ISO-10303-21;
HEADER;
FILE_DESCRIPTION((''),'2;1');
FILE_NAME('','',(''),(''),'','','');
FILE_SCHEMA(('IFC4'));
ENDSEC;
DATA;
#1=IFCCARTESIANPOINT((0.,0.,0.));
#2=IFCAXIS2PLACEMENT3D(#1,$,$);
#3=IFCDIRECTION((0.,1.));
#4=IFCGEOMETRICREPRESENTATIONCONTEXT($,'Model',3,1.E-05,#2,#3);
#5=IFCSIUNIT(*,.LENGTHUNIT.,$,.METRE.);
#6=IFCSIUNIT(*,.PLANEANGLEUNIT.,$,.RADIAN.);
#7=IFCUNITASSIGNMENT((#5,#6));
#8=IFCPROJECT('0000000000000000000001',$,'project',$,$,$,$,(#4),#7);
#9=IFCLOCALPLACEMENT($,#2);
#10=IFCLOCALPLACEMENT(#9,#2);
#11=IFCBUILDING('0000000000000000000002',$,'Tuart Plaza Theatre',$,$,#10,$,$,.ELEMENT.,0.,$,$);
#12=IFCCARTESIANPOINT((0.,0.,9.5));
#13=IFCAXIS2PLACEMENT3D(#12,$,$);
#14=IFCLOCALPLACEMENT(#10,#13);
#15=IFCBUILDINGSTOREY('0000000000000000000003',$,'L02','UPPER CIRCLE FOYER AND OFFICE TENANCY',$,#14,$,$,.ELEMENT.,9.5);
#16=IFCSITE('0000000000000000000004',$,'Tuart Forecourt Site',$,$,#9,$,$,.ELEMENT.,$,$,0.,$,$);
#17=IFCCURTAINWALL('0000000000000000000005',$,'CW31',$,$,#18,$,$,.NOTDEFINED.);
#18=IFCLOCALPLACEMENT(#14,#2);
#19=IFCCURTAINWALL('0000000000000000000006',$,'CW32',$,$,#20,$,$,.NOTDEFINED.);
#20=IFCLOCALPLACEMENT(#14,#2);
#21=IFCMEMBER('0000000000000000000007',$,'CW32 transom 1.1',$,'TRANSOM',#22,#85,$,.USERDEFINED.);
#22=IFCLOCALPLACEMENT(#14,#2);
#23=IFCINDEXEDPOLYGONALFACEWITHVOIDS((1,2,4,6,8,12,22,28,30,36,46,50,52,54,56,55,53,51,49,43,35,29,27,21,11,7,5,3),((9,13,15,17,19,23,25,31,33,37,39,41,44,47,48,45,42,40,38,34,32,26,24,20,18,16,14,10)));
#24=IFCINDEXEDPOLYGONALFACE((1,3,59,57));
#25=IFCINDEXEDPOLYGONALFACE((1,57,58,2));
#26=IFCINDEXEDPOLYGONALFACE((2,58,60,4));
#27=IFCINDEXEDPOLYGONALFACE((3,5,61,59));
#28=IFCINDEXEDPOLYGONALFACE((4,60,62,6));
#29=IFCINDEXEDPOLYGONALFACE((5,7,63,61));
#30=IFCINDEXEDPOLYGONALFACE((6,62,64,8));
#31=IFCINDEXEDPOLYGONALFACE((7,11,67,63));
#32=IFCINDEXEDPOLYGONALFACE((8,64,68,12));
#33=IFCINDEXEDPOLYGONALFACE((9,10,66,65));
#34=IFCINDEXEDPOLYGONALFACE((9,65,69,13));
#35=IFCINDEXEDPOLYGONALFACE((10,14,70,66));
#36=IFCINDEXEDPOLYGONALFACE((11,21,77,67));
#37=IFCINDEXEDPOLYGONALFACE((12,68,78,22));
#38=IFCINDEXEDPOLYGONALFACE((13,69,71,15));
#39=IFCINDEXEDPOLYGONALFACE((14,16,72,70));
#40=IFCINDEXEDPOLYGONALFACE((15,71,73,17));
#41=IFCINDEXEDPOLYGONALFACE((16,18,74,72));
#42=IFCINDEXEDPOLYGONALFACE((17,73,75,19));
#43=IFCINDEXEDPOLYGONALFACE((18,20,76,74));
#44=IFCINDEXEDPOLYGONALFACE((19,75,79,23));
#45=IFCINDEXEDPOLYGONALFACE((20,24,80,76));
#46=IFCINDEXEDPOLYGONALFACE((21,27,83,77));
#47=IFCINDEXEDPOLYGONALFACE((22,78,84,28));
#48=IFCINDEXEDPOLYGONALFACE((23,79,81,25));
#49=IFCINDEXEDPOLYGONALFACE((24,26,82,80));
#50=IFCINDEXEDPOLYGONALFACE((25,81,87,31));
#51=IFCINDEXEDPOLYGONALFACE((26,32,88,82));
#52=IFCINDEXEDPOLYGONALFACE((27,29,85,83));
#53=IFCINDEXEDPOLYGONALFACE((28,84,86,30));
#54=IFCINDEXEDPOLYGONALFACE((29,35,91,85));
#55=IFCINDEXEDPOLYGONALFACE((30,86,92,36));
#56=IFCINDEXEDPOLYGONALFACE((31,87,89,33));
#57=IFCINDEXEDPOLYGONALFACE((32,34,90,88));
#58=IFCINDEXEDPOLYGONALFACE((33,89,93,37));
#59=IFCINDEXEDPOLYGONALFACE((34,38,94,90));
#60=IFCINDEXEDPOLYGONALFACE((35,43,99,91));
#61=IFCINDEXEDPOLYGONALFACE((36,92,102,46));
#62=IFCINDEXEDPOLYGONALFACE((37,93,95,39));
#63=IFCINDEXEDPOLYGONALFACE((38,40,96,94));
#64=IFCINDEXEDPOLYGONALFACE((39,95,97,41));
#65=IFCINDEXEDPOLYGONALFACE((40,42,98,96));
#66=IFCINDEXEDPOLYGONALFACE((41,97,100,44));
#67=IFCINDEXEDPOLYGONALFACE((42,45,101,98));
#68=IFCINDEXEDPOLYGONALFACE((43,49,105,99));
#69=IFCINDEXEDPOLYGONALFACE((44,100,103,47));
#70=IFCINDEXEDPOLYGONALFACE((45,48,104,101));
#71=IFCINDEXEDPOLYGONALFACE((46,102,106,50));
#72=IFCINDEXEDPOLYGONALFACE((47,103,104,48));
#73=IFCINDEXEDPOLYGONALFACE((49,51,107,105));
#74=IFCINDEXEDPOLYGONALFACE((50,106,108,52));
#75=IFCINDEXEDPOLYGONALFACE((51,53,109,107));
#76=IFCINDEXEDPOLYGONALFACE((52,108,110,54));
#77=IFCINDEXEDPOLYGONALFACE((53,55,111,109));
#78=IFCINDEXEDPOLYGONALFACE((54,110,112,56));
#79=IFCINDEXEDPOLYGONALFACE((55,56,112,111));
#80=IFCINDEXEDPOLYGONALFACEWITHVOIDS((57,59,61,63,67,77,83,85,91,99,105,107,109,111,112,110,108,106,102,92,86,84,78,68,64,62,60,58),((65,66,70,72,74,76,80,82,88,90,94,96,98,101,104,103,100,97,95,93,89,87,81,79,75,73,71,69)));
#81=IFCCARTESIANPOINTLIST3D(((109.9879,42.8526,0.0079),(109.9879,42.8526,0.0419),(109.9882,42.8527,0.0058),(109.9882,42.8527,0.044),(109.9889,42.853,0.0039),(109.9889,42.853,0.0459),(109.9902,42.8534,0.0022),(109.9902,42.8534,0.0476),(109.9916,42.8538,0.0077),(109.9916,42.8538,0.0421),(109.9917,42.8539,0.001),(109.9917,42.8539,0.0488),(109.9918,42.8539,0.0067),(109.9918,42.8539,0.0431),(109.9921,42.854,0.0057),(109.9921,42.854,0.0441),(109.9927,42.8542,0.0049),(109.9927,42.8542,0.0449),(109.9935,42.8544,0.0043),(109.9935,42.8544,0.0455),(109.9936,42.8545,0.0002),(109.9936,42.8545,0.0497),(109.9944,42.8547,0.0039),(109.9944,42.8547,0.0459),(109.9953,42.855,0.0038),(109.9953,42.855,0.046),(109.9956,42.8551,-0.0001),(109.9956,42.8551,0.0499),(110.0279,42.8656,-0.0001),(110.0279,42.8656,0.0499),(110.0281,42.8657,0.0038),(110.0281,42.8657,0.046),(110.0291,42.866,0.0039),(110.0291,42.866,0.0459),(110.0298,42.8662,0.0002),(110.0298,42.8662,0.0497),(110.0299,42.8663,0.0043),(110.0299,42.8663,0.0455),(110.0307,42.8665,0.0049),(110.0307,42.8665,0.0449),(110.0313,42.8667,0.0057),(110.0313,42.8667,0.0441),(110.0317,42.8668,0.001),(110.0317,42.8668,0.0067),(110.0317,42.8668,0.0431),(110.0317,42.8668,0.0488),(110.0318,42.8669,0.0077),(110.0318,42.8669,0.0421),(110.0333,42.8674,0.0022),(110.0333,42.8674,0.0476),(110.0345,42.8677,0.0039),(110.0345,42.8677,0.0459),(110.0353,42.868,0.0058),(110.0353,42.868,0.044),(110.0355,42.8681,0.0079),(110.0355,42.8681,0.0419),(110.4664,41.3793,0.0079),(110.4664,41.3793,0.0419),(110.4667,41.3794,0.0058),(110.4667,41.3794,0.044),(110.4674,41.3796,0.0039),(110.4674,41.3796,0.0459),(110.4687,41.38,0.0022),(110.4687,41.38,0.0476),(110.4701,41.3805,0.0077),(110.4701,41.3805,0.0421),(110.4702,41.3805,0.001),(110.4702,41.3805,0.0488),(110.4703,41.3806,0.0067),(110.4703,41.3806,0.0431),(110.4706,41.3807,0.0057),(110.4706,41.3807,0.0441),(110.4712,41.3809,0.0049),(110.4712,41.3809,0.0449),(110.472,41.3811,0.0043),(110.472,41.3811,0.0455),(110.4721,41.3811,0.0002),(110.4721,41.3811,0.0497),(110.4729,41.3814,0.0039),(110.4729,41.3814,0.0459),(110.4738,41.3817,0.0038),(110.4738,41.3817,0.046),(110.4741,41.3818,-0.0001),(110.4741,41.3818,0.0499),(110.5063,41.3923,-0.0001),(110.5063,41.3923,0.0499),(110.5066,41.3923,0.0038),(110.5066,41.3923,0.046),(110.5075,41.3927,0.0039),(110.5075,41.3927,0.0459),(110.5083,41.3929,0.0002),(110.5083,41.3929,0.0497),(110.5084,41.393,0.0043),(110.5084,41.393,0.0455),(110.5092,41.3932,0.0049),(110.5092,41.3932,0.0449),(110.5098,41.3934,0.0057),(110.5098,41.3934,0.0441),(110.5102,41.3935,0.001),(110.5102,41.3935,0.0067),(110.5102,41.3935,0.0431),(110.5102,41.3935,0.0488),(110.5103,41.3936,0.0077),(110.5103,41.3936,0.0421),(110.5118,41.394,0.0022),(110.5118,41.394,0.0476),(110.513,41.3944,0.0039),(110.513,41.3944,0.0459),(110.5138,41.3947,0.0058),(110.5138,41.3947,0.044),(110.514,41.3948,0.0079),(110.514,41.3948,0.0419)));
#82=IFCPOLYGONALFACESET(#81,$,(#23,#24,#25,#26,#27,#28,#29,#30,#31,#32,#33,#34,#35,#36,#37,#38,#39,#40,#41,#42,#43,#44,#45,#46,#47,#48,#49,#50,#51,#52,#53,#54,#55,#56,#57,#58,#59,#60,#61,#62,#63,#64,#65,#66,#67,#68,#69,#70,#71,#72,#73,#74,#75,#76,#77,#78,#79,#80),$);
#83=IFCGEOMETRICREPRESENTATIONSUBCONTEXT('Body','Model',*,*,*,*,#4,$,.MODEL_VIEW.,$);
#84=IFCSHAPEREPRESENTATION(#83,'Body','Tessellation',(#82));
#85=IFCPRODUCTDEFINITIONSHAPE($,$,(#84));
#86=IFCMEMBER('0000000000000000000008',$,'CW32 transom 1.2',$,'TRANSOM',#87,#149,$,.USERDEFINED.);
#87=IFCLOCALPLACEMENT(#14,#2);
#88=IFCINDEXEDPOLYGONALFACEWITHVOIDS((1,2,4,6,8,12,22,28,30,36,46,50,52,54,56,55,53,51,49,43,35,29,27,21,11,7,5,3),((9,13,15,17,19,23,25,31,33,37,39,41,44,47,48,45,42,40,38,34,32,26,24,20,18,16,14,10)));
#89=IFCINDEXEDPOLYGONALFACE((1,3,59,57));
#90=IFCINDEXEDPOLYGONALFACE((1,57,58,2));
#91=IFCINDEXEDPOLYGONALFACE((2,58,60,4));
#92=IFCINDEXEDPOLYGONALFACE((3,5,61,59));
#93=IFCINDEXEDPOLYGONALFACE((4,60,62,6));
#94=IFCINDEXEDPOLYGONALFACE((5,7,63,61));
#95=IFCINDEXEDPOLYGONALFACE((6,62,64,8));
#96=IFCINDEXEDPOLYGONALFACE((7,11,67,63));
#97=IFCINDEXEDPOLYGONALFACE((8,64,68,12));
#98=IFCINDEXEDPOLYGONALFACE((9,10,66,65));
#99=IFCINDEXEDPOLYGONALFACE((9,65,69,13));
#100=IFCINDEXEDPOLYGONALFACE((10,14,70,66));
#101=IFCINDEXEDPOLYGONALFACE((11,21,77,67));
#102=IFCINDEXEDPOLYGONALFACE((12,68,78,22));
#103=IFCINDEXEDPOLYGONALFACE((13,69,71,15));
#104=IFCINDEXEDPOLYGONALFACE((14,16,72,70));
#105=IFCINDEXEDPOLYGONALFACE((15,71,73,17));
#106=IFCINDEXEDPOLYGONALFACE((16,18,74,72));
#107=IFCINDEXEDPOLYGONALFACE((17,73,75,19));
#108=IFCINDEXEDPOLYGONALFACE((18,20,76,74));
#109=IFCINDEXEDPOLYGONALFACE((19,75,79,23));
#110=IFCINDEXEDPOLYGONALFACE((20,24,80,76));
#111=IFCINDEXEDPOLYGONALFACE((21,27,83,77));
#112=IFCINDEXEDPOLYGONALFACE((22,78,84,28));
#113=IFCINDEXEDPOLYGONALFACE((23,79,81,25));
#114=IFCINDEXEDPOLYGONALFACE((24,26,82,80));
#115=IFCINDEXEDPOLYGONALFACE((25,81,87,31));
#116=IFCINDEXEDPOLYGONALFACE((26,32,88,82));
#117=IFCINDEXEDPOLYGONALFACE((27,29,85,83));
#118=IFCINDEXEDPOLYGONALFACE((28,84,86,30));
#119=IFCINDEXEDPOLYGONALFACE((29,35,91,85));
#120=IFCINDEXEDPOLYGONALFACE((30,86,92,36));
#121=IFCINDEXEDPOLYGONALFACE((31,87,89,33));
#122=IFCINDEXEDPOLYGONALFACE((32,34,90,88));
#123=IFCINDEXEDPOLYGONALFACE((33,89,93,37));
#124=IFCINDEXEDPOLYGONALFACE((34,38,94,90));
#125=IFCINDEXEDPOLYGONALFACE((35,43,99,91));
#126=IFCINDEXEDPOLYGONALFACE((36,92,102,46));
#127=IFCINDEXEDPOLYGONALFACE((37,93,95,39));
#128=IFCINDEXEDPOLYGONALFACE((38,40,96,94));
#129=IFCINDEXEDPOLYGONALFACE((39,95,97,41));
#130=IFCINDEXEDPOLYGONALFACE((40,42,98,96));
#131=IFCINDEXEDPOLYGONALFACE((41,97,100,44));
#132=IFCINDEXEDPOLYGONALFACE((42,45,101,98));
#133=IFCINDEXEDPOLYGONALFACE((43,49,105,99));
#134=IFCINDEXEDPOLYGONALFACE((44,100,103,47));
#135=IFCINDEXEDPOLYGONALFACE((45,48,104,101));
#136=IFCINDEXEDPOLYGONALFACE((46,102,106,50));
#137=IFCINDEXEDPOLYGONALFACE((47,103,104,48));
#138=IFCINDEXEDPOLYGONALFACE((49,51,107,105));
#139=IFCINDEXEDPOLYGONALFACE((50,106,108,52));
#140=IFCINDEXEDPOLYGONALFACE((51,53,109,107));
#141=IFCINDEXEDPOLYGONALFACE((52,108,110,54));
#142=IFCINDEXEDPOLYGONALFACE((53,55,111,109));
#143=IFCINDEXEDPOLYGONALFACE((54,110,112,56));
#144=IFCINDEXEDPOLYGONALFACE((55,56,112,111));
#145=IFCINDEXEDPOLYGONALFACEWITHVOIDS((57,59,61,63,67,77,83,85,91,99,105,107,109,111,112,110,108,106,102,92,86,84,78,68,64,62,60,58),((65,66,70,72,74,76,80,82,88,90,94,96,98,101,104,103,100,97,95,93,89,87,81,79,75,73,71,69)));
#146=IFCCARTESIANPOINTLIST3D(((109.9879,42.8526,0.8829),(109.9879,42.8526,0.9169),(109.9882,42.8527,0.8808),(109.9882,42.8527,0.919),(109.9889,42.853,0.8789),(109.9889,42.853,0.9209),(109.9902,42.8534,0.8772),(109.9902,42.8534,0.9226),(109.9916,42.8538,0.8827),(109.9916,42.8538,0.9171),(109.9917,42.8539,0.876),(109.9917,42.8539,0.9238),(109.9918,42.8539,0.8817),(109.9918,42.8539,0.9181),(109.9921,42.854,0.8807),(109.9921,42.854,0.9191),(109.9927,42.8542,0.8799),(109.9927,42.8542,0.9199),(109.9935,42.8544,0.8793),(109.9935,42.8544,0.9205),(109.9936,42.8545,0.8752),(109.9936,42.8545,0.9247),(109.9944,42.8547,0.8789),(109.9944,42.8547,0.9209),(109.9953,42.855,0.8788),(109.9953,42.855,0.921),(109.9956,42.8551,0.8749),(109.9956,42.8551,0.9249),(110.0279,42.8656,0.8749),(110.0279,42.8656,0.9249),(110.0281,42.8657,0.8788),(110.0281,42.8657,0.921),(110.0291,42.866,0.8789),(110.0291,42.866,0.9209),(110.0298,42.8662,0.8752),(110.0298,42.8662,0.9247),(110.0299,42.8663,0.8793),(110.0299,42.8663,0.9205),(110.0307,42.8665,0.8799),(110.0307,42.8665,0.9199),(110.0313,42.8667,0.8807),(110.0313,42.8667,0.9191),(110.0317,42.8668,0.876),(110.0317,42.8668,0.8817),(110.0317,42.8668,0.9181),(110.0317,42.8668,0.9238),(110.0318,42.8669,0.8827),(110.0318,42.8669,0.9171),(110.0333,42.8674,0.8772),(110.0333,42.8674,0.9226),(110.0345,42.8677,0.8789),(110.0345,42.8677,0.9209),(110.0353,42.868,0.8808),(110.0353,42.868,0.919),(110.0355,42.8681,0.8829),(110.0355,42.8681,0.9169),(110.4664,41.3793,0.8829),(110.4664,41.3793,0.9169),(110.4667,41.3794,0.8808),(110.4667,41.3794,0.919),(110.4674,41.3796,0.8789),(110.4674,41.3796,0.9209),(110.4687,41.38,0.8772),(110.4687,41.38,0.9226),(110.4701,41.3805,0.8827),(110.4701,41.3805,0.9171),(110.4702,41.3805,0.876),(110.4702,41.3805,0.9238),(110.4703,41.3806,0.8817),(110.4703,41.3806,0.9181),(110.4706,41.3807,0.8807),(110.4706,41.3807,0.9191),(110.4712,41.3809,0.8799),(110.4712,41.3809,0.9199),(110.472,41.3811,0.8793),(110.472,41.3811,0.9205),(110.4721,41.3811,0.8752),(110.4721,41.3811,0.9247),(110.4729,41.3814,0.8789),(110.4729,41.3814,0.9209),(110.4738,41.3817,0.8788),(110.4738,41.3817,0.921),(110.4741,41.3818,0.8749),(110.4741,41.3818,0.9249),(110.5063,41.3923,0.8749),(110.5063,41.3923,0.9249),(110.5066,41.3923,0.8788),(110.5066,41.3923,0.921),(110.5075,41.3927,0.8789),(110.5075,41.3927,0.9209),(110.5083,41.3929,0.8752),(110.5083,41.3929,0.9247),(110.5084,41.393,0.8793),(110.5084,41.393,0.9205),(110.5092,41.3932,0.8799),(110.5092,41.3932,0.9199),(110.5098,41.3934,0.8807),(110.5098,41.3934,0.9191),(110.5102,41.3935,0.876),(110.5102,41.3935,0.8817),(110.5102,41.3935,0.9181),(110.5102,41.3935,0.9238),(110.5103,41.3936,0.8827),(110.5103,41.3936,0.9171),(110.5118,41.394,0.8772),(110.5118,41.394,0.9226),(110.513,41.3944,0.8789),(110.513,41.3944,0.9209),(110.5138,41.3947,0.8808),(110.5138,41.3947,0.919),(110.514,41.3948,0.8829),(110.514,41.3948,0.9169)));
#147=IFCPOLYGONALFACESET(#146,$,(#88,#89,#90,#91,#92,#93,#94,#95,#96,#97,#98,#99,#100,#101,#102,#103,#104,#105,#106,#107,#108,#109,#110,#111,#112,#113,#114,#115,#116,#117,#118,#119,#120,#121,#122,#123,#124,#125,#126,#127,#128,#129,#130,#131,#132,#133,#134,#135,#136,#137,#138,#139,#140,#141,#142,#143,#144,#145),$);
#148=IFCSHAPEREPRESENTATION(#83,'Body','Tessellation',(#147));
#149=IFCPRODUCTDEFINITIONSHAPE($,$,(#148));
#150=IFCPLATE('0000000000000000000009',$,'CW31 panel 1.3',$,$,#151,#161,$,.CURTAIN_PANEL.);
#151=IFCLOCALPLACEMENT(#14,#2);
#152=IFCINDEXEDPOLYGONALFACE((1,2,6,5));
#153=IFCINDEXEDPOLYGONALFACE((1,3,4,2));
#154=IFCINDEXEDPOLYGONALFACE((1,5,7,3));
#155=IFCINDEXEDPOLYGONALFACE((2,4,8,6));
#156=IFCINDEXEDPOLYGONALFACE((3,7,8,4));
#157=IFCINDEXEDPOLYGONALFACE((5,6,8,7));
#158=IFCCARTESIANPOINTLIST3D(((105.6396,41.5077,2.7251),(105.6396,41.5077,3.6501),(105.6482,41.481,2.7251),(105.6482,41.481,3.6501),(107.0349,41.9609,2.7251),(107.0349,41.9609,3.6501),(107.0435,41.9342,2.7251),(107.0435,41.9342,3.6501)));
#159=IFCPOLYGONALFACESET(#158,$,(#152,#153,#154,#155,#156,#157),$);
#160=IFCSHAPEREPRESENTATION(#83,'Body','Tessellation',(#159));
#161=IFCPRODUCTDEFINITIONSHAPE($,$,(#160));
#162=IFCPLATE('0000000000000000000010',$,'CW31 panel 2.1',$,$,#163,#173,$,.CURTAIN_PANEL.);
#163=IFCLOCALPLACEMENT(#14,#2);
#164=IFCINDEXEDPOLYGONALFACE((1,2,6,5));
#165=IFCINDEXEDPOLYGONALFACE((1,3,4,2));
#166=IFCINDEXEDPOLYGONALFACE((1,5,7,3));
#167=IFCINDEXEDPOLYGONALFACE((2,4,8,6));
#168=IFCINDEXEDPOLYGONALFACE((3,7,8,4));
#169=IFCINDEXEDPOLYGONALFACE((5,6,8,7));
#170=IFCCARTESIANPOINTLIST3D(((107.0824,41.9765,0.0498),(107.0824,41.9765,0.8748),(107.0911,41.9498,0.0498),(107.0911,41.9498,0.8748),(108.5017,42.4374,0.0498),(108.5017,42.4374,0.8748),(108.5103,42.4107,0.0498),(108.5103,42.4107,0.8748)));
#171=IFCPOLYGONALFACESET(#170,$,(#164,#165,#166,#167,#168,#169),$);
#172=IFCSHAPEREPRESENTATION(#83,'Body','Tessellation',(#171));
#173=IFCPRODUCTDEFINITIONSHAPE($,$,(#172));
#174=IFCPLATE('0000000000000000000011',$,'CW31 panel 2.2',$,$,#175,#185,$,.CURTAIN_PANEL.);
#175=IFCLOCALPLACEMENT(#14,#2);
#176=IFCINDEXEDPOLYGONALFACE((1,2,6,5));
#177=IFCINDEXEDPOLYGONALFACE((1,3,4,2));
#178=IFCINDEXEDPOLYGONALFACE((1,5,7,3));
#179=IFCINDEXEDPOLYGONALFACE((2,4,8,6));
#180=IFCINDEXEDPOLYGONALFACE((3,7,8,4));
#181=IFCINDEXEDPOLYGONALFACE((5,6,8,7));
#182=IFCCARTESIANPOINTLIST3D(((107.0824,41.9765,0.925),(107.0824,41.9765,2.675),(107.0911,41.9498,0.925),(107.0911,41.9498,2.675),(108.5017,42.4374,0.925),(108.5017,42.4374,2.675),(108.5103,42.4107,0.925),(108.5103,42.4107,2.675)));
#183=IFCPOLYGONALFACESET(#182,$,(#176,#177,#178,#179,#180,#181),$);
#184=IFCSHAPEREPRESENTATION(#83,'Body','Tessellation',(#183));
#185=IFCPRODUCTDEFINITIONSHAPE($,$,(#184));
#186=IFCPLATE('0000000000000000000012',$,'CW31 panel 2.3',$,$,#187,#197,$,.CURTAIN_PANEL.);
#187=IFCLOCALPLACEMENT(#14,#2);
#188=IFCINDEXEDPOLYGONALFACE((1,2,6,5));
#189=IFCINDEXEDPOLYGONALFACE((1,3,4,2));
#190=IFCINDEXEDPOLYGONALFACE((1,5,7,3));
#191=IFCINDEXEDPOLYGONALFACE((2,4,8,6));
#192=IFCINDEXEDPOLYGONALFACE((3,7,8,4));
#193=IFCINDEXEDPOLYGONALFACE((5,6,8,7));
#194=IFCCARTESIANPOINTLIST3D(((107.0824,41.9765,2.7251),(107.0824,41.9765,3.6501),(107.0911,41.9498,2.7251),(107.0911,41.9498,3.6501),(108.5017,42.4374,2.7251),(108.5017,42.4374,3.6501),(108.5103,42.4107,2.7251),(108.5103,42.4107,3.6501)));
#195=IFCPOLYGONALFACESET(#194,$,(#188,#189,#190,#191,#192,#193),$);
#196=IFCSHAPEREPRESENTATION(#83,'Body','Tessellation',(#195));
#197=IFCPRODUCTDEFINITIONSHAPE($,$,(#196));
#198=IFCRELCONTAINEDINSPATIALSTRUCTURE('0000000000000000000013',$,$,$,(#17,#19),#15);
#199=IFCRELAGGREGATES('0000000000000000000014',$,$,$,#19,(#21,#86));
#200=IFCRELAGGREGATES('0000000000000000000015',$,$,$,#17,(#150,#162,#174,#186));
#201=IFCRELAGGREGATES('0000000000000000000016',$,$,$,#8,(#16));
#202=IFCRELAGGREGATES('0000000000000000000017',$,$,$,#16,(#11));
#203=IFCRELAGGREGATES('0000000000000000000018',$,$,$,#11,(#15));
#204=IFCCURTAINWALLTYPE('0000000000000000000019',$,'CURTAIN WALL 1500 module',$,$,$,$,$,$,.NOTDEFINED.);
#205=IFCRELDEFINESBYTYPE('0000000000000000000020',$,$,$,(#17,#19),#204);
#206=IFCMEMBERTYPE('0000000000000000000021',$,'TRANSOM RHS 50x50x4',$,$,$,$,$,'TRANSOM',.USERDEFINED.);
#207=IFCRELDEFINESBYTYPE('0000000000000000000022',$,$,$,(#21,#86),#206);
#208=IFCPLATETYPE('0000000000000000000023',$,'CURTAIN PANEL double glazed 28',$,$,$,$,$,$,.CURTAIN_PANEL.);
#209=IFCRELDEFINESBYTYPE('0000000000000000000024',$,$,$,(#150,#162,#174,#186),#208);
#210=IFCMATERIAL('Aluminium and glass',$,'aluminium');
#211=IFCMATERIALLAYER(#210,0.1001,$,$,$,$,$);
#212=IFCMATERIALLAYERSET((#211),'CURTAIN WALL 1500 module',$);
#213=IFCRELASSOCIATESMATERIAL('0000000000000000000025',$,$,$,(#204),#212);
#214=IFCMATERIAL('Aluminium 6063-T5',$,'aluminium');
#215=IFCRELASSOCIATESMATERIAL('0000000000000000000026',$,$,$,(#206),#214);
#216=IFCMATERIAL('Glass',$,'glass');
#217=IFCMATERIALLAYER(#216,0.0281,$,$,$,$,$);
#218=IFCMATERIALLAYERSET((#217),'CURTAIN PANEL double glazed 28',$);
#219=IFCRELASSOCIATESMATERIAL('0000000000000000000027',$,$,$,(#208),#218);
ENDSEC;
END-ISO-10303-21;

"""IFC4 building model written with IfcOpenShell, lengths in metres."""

from ifc_helpers import new_model, si_unit, direction, frame, origin, origin_2d, place, context, subcontext, project, spatial, rectangle, hollow_rectangle, extrude, material, layer, layer_set, material_profile, profile_set, type_object, element, aggregate, save


model = new_model("IFC4")

# Units and contexts
model_context = context("Model", 3, precision=1e-05, world=origin(), true_north=direction((0.0, 1.0)))
body_context = subcontext(model_context, "Body", "Model", "MODEL_VIEW")
ifc_project = project(units=[si_unit("LENGTHUNIT", "METRE"), si_unit("PLANEANGLEUNIT", "RADIAN")], contexts=[model_context])

# Site, building, storey
site_placement = place(None, origin())
site = spatial("IfcSite", under=ifc_project, at=site_placement, Name="Tuart Forecourt Site", CompositionType="ELEMENT", RefElevation=0.0)
building_placement = place(site_placement, origin())
building = spatial("IfcBuilding", under=site, at=building_placement, Name="Tuart Plaza Theatre", CompositionType="ELEMENT", ElevationOfRefHeight=0.0)
storey_placement = place(building_placement, frame((0.0, 0.0, 9.5)))
storey = spatial("IfcBuildingStorey", under=building, at=storey_placement, Name="L02", Description="UPPER CIRCLE FOYER AND OFFICE TENANCY", CompositionType="ELEMENT", Elevation=9.5)

# Curtain walls, members
ifc_material_1 = material(Name="Aluminium and glass", Category="aluminium")
ifc_layer_1 = layer(ifc_material_1, 0.1001)
ifc_layer_set_1 = layer_set([ifc_layer_1], Name="CURTAIN WALL 1500 module")
curtain_wall_type = type_object("IfcCurtainWallType", Name="CURTAIN WALL 1500 module", PredefinedType="NOTDEFINED", material=ifc_layer_set_1)
curtain_wall_1_placement = place(storey_placement, origin())
curtain_wall_1 = element("IfcCurtainWall", 1, at=curtain_wall_1_placement, inside=storey, type_object=curtain_wall_type, Name="CW31", PredefinedType="NOTDEFINED")
ifc_material_2 = material(Name="Aluminium 6063-T5", Category="aluminium")
ifc_material_profile_1 = material_profile(ifc_material_2, hollow_rectangle(XDim=0.05, YDim=0.05, WallThickness=0.0039, InnerFilletRadius=0.0039, OuterFilletRadius=0.0081, at=origin_2d()), Name="RHS 50x50x4")
ifc_profile_set_1 = profile_set([ifc_material_profile_1], Name="Aluminium 6063-T5")
member_type_1 = type_object("IfcMemberType", Name="TRANSOM RHS 50x50x4", ElementType="TRANSOM", PredefinedType="USERDEFINED", material=ifc_profile_set_1)
curtain_wall_2_placement = place(storey_placement, origin())
curtain_wall_2 = element("IfcCurtainWall", 2, at=curtain_wall_2_placement, inside=storey, type_object=curtain_wall_type, Name="CW32", PredefinedType="NOTDEFINED")
member_1_placement = place(storey_placement, frame((110.0117, 42.8604, 0.0249), z_axis=(0.30889, -0.951098, 0.0), x_axis=(0.951098, 0.30889, 0.0)))
member_1 = element("IfcMember", 3, at=member_1_placement, type_object=member_type_1, Name="CW32 transom 1.1", ObjectType="TRANSOM", PredefinedType="USERDEFINED", context=body_context, shape_type="SweptSolid", body=[
    extrude(hollow_rectangle(XDim=0.05, YDim=0.05, WallThickness=0.0039, InnerFilletRadius=0.0039, OuterFilletRadius=0.0081, at=origin_2d()), origin(), (0.0, 0.0, 1.0), 1.5491),
])
member_2_placement = place(storey_placement, frame((110.0117, 42.8604, 0.8999), z_axis=(0.30889, -0.951098, 0.0), x_axis=(0.951098, 0.30889, 0.0)))
member_2 = element("IfcMember", 4, at=member_2_placement, type_object=member_type_1, Name="CW32 transom 1.2", ObjectType="TRANSOM", PredefinedType="USERDEFINED", context=body_context, shape_type="SweptSolid", body=[
    extrude(hollow_rectangle(XDim=0.05, YDim=0.05, WallThickness=0.0039, InnerFilletRadius=0.0039, OuterFilletRadius=0.0081, at=origin_2d()), origin(), (0.0, 0.0, 1.0), 1.5491),
])
aggregate(curtain_wall_2, [member_1, member_2])

# Plates
ifc_material_3 = material(Name="Glass", Category="glass")
ifc_layer_2 = layer(ifc_material_3, 0.0281)
ifc_layer_set_2 = layer_set([ifc_layer_2], Name="CURTAIN PANEL double glazed 28")
plate_type = type_object("IfcPlateType", Name="CURTAIN PANEL double glazed 28", PredefinedType="CURTAIN_PANEL", material=ifc_layer_set_2)
plate_1_placement = place(storey_placement, frame((106.3416, 41.7209, 2.7251), z_axis=(0.0, 0.0, 1.0), x_axis=(0.951099, 0.308885, 0.0)))
plate_1 = element("IfcPlate", 5, at=plate_1_placement, type_object=plate_type, Name="CW31 panel 1.3", PredefinedType="CURTAIN_PANEL", context=body_context, shape_type="SweptSolid", body=[
    extrude(rectangle(XDim=1.467, YDim=0.0281, at=origin_2d()), origin(), (0.0, 0.0, 1.0), 0.925),
])
plate_2_placement = place(storey_placement, frame((107.7964, 42.1936, 0.0498), z_axis=(0.0, 0.0, 1.0), x_axis=(0.951099, 0.308885, 0.0)))
plate_2 = element("IfcPlate", 6, at=plate_2_placement, type_object=plate_type, Name="CW31 panel 2.1", PredefinedType="CURTAIN_PANEL", context=body_context, shape_type="SweptSolid", body=[
    extrude(rectangle(XDim=1.4922, YDim=0.0281, at=origin_2d()), origin(), (0.0, 0.0, 1.0), 0.825),
])
plate_3_placement = place(storey_placement, frame((107.7964, 42.1936, 0.925), z_axis=(0.0, 0.0, 1.0), x_axis=(0.951099, 0.308885, 0.0)))
plate_3 = element("IfcPlate", 7, at=plate_3_placement, type_object=plate_type, Name="CW31 panel 2.2", PredefinedType="CURTAIN_PANEL", context=body_context, shape_type="SweptSolid", body=[
    extrude(rectangle(XDim=1.4922, YDim=0.0281, at=origin_2d()), origin(), (0.0, 0.0, 1.0), 1.75),
])
plate_4_placement = place(storey_placement, frame((107.7964, 42.1936, 2.7251), z_axis=(0.0, 0.0, 1.0), x_axis=(0.951099, 0.308885, 0.0)))
plate_4 = element("IfcPlate", 8, at=plate_4_placement, type_object=plate_type, Name="CW31 panel 2.3", PredefinedType="CURTAIN_PANEL", context=body_context, shape_type="SweptSolid", body=[
    extrude(rectangle(XDim=1.4922, YDim=0.0281, at=origin_2d()), origin(), (0.0, 0.0, 1.0), 0.925),
])
aggregate(curtain_wall_1, [plate_1, plate_2, plate_3, plate_4])

save(model, "model.ifc")
